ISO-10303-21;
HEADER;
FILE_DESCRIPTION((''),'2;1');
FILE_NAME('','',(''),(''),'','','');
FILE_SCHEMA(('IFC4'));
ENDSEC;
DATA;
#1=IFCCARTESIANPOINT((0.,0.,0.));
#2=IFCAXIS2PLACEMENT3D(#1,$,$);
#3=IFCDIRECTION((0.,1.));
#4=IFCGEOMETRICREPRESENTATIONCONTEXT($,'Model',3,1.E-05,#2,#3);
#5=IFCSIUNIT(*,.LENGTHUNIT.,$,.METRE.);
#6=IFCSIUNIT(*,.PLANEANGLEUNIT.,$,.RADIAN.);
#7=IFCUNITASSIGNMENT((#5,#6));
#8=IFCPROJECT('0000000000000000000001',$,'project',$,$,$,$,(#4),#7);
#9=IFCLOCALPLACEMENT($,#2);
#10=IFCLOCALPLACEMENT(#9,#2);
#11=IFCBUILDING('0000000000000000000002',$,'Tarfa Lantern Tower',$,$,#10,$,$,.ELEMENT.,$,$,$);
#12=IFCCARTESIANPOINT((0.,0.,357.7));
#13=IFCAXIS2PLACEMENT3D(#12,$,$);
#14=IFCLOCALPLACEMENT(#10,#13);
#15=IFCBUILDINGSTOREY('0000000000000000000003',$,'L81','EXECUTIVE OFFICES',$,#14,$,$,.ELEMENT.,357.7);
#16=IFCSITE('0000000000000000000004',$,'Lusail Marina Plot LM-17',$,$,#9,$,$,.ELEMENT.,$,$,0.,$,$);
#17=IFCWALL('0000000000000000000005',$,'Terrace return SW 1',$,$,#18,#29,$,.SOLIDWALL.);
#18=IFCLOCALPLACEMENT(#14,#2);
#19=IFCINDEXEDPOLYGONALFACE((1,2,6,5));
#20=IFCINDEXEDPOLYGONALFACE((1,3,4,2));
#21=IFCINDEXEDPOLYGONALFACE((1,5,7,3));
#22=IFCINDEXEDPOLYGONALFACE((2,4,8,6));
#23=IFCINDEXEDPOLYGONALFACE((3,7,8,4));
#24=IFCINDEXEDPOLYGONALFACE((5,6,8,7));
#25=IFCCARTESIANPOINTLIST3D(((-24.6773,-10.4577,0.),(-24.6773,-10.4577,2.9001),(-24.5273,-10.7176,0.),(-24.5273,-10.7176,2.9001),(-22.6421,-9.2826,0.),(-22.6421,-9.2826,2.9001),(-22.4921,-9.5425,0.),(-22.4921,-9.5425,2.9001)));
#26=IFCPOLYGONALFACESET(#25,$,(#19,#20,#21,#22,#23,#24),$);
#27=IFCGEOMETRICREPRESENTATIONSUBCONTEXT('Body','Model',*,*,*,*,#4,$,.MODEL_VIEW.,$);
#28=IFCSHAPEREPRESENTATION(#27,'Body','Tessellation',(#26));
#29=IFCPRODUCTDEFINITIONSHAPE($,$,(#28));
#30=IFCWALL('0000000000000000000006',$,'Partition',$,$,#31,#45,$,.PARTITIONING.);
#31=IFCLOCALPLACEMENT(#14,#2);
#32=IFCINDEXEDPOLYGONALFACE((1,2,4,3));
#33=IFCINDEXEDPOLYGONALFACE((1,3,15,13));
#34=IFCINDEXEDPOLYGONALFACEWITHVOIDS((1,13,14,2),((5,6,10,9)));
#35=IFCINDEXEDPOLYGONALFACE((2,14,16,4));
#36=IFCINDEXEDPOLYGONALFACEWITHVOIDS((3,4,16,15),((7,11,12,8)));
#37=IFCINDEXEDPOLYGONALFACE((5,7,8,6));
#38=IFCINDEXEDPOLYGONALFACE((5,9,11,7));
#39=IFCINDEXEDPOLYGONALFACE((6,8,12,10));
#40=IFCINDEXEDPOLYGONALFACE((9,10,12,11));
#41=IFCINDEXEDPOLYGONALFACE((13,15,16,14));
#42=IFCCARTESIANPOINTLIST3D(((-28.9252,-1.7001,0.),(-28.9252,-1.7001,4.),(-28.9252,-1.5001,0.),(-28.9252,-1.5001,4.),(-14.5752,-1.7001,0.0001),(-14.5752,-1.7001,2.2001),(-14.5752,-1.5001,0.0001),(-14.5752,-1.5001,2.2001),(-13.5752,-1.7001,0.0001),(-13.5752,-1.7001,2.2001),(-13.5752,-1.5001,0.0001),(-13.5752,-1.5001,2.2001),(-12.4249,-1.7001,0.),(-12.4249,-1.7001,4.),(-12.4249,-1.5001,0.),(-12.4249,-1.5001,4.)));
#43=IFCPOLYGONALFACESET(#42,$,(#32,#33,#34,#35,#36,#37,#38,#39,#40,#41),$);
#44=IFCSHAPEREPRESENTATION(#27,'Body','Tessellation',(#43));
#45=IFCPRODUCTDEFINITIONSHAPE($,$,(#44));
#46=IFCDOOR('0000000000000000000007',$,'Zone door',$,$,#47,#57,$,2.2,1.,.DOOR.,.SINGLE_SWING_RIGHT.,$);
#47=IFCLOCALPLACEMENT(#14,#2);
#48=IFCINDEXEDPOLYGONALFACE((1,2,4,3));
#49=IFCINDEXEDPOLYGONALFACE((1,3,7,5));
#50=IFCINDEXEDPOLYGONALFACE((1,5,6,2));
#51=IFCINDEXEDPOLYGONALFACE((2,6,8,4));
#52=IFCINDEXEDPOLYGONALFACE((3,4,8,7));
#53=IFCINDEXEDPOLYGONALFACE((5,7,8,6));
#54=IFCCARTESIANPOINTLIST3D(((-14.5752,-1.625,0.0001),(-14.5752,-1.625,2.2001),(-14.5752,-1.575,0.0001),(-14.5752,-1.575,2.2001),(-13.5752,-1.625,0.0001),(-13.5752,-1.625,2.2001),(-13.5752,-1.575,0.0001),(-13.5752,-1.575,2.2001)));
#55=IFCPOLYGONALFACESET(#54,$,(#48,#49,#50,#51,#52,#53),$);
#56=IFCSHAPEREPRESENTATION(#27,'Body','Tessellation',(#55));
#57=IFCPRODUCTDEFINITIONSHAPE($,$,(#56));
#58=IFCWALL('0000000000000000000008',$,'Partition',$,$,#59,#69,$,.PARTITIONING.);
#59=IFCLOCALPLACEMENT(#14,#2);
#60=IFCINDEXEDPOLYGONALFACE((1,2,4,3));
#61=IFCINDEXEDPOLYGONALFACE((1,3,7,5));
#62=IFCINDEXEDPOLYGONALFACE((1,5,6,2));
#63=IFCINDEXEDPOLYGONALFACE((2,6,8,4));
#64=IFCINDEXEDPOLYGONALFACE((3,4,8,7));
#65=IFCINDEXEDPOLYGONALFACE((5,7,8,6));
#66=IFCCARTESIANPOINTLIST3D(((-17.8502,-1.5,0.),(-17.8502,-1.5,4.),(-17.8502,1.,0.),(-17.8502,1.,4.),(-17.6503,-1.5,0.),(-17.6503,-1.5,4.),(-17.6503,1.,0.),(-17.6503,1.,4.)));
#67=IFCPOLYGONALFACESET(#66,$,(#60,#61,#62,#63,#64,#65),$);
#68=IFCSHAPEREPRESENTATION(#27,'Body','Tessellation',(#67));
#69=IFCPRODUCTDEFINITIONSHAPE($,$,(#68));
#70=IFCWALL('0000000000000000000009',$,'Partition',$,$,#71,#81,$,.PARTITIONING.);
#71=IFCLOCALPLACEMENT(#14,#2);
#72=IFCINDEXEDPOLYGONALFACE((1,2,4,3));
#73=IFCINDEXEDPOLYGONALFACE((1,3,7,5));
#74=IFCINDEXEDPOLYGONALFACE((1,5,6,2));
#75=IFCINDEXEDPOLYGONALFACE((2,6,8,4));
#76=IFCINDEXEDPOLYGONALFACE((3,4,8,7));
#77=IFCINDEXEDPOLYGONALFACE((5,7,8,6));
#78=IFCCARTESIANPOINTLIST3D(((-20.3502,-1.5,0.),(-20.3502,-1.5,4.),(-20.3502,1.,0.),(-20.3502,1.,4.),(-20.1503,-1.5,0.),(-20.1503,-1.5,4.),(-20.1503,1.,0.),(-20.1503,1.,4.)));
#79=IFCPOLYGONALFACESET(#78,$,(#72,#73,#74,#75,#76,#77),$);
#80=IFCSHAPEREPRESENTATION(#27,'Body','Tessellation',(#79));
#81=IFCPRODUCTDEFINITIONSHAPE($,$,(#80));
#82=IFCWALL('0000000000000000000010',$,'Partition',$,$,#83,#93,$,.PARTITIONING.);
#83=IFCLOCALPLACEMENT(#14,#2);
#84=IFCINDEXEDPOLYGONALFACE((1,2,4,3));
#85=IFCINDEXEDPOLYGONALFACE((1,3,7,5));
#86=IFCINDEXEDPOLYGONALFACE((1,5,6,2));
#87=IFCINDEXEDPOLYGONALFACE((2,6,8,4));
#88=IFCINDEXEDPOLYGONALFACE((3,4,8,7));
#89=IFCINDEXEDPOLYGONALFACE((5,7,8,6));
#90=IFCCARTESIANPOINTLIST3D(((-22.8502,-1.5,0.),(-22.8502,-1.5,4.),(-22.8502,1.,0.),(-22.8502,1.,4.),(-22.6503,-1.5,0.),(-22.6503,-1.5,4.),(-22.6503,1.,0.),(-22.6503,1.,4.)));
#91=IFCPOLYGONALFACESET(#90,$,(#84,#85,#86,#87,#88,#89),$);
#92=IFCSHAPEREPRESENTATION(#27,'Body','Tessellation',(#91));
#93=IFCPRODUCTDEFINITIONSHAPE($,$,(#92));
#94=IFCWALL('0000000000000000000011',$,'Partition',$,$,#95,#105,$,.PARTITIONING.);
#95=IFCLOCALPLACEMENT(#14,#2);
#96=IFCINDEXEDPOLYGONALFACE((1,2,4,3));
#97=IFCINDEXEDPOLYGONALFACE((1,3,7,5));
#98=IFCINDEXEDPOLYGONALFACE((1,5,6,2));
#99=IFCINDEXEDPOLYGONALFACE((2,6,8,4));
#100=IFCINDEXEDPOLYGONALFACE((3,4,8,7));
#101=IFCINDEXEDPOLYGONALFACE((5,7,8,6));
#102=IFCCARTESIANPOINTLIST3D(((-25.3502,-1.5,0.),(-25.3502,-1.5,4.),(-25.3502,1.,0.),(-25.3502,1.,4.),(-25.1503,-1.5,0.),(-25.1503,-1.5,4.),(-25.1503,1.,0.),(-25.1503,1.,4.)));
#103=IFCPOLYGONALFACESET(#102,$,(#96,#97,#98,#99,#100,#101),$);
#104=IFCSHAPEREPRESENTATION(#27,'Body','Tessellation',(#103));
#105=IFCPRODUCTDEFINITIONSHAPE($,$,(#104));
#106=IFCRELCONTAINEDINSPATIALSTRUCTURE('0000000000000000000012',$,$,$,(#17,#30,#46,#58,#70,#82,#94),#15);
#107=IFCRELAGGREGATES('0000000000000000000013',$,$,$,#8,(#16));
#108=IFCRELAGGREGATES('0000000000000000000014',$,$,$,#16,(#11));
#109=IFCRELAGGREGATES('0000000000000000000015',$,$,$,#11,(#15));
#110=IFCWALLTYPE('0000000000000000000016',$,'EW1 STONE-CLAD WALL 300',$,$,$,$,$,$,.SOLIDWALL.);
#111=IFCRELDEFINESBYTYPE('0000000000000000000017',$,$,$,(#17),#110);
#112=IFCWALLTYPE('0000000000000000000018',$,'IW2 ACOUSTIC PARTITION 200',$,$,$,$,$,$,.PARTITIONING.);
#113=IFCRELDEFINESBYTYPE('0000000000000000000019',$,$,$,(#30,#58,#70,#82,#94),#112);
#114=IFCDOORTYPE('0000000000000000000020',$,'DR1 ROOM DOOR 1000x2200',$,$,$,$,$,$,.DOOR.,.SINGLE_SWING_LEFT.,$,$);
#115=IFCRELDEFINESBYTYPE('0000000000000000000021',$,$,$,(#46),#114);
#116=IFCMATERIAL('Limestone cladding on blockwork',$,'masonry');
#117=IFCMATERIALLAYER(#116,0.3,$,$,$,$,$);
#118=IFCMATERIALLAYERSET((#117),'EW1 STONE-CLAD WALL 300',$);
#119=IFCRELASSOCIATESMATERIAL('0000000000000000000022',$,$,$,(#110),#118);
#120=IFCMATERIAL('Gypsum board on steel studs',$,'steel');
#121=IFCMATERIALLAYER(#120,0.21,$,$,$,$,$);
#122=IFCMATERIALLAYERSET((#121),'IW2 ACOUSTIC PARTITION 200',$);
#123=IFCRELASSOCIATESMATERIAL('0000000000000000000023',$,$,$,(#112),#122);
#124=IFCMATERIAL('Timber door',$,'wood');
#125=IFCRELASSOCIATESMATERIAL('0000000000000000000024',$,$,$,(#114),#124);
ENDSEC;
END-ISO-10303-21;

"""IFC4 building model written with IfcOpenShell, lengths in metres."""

from ifc_helpers import new_model, si_unit, direction, frame, frame_2d, origin, place, context, subcontext, project, spatial, rectangle, extrude, material, layer, layer_set, type_object, element, fill, save


model = new_model("IFC4")

# Units and contexts
model_context = context("Model", 3, precision=1e-05, world=origin(), true_north=direction((0.0, 1.0)))
body_context = subcontext(model_context, "Body", "Model", "MODEL_VIEW")
ifc_project = project(units=[si_unit("LENGTHUNIT", "METRE"), si_unit("PLANEANGLEUNIT", "RADIAN")], contexts=[model_context])

# Site, building, storey
site_placement = place(None, origin())
site = spatial("IfcSite", under=ifc_project, at=site_placement, Name="Lusail Marina Plot LM-17", CompositionType="ELEMENT", RefElevation=0.0)
building_placement = place(site_placement, origin())
building = spatial("IfcBuilding", under=site, at=building_placement, Name="Tarfa Lantern Tower", CompositionType="ELEMENT")
storey_placement = place(building_placement, frame((0.0, 0.0, 357.7)))
storey = spatial("IfcBuildingStorey", under=building, at=storey_placement, Name="L81", Description="EXECUTIVE OFFICES", CompositionType="ELEMENT", Elevation=357.7)

# Shared definitions
ifc_material_1 = material(Name="Limestone cladding on blockwork", Category="masonry")
ifc_layer_1 = layer(ifc_material_1, 0.3)
ifc_layer_set_1 = layer_set([ifc_layer_1], Name="EW1 STONE-CLAD WALL 300")
wall_type_1 = type_object("IfcWallType", Name="EW1 STONE-CLAD WALL 300", PredefinedType="SOLIDWALL", material=ifc_layer_set_1)

# Wall
wall_1_placement = place(storey_placement, frame((-24.6023, -10.5876, 0.0), z_axis=(0.0, 0.0, 1.0), x_axis=(0.866016, 0.500016, 0.0)))
element("IfcWall", 1, at=wall_1_placement, inside=storey, type_object=wall_type_1, Name="Terrace return SW 1", PredefinedType="SOLIDWALL", context=body_context, shape_type="SweptSolid", body=[
    extrude(rectangle(XDim=2.3501, YDim=0.3, at=frame_2d((1.175, 0.0))), origin(), (0.0, 0.0, 1.0), 2.9001),
])

# Wall, opening, door
ifc_material_2 = material(Name="Gypsum board on steel studs", Category="steel")
ifc_layer_2 = layer(ifc_material_2, 0.21)
ifc_layer_set_2 = layer_set([ifc_layer_2], Name="IW2 ACOUSTIC PARTITION 200")
wall_type_2 = type_object("IfcWallType", Name="IW2 ACOUSTIC PARTITION 200", PredefinedType="PARTITIONING", material=ifc_layer_set_2)
wall_2_placement = place(storey_placement, frame((-12.425, -1.6001, 0.0), z_axis=(0.0, 0.0, 1.0), x_axis=(-1.0, 0.0, 0.0)))
wall_2 = element("IfcWall", 2, at=wall_2_placement, inside=storey, type_object=wall_type_2, Name="Partition", PredefinedType="PARTITIONING", context=body_context, shape_type="SweptSolid", body=[
    extrude(rectangle(XDim=16.5002, YDim=0.2, at=frame_2d((8.25, 0.0))), origin(), (0.0, 0.0, 1.0), 4.0),
])
opening_1_placement = place(wall_2_placement, frame((1.1501, 0.0, 0.0)))
opening_1 = element("IfcOpeningElement", 3, at=opening_1_placement, cuts=wall_2, PredefinedType="OPENING", context=body_context, shape_type="SweptSolid", body=[
    extrude(rectangle(XDim=1.0, YDim=2.2, at=frame_2d((0.5, 1.1001))), frame((0.0, 0.1099, 0.0), z_axis=(0.0, -1.0, 0.0), x_axis=(1.0, 0.0, 0.0)), (0.0, 0.0, 1.0), 0.22),
])
ifc_material_3 = material(Name="Timber door", Category="wood")
door_type_1 = type_object("IfcDoorType", Name="DR1 ROOM DOOR 1000x2200", OperationType="SINGLE_SWING_LEFT", PredefinedType="DOOR", material=ifc_material_3)
door_1_placement = place(opening_1_placement, origin())
door_1 = element("IfcDoor", 4, at=door_1_placement, inside=storey, type_object=door_type_1, Name="Zone door", OperationType="SINGLE_SWING_RIGHT", OverallHeight=2.2, OverallWidth=1.0, PredefinedType="DOOR", context=body_context, shape_type="SweptSolid", body=[
    extrude(rectangle(XDim=1.0, YDim=2.2, at=frame_2d((0.5, 1.1001))), frame((0.0, 0.0249, 0.0), z_axis=(0.0, -1.0, 0.0), x_axis=(1.0, 0.0, 0.0)), (0.0, 0.0, 1.0), 0.05),
])
fill(opening_1, door_1)

# Walls
for number, where, z_axis, x_axis, name in (
    (5, (-17.7502, -1.5, 0.0), (0.0, 0.0, 1.0), (0.0, 1.0, 0.0), "Partition"),
    (6, (-20.2502, -1.5, 0.0), (0.0, 0.0, 1.0), (0.0, 1.0, 0.0), "Partition"),
    (7, (-22.7502, -1.5, 0.0), (0.0, 0.0, 1.0), (0.0, 1.0, 0.0), "Partition"),
    (8, (-25.2502, -1.5, 0.0), (0.0, 0.0, 1.0), (0.0, 1.0, 0.0), "Partition"),
):
    element("IfcWall", number, at=place(storey_placement, frame(where, z_axis=z_axis, x_axis=x_axis)), inside=storey, type_object=wall_type_2, Name=name, PredefinedType="PARTITIONING", context=body_context, shape_type="SweptSolid", body=[
        extrude(rectangle(XDim=2.5, YDim=0.2, at=frame_2d((1.25, 0.0))), origin(), (0.0, 0.0, 1.0), 4.0),
    ])

save(model, "model.ifc")
